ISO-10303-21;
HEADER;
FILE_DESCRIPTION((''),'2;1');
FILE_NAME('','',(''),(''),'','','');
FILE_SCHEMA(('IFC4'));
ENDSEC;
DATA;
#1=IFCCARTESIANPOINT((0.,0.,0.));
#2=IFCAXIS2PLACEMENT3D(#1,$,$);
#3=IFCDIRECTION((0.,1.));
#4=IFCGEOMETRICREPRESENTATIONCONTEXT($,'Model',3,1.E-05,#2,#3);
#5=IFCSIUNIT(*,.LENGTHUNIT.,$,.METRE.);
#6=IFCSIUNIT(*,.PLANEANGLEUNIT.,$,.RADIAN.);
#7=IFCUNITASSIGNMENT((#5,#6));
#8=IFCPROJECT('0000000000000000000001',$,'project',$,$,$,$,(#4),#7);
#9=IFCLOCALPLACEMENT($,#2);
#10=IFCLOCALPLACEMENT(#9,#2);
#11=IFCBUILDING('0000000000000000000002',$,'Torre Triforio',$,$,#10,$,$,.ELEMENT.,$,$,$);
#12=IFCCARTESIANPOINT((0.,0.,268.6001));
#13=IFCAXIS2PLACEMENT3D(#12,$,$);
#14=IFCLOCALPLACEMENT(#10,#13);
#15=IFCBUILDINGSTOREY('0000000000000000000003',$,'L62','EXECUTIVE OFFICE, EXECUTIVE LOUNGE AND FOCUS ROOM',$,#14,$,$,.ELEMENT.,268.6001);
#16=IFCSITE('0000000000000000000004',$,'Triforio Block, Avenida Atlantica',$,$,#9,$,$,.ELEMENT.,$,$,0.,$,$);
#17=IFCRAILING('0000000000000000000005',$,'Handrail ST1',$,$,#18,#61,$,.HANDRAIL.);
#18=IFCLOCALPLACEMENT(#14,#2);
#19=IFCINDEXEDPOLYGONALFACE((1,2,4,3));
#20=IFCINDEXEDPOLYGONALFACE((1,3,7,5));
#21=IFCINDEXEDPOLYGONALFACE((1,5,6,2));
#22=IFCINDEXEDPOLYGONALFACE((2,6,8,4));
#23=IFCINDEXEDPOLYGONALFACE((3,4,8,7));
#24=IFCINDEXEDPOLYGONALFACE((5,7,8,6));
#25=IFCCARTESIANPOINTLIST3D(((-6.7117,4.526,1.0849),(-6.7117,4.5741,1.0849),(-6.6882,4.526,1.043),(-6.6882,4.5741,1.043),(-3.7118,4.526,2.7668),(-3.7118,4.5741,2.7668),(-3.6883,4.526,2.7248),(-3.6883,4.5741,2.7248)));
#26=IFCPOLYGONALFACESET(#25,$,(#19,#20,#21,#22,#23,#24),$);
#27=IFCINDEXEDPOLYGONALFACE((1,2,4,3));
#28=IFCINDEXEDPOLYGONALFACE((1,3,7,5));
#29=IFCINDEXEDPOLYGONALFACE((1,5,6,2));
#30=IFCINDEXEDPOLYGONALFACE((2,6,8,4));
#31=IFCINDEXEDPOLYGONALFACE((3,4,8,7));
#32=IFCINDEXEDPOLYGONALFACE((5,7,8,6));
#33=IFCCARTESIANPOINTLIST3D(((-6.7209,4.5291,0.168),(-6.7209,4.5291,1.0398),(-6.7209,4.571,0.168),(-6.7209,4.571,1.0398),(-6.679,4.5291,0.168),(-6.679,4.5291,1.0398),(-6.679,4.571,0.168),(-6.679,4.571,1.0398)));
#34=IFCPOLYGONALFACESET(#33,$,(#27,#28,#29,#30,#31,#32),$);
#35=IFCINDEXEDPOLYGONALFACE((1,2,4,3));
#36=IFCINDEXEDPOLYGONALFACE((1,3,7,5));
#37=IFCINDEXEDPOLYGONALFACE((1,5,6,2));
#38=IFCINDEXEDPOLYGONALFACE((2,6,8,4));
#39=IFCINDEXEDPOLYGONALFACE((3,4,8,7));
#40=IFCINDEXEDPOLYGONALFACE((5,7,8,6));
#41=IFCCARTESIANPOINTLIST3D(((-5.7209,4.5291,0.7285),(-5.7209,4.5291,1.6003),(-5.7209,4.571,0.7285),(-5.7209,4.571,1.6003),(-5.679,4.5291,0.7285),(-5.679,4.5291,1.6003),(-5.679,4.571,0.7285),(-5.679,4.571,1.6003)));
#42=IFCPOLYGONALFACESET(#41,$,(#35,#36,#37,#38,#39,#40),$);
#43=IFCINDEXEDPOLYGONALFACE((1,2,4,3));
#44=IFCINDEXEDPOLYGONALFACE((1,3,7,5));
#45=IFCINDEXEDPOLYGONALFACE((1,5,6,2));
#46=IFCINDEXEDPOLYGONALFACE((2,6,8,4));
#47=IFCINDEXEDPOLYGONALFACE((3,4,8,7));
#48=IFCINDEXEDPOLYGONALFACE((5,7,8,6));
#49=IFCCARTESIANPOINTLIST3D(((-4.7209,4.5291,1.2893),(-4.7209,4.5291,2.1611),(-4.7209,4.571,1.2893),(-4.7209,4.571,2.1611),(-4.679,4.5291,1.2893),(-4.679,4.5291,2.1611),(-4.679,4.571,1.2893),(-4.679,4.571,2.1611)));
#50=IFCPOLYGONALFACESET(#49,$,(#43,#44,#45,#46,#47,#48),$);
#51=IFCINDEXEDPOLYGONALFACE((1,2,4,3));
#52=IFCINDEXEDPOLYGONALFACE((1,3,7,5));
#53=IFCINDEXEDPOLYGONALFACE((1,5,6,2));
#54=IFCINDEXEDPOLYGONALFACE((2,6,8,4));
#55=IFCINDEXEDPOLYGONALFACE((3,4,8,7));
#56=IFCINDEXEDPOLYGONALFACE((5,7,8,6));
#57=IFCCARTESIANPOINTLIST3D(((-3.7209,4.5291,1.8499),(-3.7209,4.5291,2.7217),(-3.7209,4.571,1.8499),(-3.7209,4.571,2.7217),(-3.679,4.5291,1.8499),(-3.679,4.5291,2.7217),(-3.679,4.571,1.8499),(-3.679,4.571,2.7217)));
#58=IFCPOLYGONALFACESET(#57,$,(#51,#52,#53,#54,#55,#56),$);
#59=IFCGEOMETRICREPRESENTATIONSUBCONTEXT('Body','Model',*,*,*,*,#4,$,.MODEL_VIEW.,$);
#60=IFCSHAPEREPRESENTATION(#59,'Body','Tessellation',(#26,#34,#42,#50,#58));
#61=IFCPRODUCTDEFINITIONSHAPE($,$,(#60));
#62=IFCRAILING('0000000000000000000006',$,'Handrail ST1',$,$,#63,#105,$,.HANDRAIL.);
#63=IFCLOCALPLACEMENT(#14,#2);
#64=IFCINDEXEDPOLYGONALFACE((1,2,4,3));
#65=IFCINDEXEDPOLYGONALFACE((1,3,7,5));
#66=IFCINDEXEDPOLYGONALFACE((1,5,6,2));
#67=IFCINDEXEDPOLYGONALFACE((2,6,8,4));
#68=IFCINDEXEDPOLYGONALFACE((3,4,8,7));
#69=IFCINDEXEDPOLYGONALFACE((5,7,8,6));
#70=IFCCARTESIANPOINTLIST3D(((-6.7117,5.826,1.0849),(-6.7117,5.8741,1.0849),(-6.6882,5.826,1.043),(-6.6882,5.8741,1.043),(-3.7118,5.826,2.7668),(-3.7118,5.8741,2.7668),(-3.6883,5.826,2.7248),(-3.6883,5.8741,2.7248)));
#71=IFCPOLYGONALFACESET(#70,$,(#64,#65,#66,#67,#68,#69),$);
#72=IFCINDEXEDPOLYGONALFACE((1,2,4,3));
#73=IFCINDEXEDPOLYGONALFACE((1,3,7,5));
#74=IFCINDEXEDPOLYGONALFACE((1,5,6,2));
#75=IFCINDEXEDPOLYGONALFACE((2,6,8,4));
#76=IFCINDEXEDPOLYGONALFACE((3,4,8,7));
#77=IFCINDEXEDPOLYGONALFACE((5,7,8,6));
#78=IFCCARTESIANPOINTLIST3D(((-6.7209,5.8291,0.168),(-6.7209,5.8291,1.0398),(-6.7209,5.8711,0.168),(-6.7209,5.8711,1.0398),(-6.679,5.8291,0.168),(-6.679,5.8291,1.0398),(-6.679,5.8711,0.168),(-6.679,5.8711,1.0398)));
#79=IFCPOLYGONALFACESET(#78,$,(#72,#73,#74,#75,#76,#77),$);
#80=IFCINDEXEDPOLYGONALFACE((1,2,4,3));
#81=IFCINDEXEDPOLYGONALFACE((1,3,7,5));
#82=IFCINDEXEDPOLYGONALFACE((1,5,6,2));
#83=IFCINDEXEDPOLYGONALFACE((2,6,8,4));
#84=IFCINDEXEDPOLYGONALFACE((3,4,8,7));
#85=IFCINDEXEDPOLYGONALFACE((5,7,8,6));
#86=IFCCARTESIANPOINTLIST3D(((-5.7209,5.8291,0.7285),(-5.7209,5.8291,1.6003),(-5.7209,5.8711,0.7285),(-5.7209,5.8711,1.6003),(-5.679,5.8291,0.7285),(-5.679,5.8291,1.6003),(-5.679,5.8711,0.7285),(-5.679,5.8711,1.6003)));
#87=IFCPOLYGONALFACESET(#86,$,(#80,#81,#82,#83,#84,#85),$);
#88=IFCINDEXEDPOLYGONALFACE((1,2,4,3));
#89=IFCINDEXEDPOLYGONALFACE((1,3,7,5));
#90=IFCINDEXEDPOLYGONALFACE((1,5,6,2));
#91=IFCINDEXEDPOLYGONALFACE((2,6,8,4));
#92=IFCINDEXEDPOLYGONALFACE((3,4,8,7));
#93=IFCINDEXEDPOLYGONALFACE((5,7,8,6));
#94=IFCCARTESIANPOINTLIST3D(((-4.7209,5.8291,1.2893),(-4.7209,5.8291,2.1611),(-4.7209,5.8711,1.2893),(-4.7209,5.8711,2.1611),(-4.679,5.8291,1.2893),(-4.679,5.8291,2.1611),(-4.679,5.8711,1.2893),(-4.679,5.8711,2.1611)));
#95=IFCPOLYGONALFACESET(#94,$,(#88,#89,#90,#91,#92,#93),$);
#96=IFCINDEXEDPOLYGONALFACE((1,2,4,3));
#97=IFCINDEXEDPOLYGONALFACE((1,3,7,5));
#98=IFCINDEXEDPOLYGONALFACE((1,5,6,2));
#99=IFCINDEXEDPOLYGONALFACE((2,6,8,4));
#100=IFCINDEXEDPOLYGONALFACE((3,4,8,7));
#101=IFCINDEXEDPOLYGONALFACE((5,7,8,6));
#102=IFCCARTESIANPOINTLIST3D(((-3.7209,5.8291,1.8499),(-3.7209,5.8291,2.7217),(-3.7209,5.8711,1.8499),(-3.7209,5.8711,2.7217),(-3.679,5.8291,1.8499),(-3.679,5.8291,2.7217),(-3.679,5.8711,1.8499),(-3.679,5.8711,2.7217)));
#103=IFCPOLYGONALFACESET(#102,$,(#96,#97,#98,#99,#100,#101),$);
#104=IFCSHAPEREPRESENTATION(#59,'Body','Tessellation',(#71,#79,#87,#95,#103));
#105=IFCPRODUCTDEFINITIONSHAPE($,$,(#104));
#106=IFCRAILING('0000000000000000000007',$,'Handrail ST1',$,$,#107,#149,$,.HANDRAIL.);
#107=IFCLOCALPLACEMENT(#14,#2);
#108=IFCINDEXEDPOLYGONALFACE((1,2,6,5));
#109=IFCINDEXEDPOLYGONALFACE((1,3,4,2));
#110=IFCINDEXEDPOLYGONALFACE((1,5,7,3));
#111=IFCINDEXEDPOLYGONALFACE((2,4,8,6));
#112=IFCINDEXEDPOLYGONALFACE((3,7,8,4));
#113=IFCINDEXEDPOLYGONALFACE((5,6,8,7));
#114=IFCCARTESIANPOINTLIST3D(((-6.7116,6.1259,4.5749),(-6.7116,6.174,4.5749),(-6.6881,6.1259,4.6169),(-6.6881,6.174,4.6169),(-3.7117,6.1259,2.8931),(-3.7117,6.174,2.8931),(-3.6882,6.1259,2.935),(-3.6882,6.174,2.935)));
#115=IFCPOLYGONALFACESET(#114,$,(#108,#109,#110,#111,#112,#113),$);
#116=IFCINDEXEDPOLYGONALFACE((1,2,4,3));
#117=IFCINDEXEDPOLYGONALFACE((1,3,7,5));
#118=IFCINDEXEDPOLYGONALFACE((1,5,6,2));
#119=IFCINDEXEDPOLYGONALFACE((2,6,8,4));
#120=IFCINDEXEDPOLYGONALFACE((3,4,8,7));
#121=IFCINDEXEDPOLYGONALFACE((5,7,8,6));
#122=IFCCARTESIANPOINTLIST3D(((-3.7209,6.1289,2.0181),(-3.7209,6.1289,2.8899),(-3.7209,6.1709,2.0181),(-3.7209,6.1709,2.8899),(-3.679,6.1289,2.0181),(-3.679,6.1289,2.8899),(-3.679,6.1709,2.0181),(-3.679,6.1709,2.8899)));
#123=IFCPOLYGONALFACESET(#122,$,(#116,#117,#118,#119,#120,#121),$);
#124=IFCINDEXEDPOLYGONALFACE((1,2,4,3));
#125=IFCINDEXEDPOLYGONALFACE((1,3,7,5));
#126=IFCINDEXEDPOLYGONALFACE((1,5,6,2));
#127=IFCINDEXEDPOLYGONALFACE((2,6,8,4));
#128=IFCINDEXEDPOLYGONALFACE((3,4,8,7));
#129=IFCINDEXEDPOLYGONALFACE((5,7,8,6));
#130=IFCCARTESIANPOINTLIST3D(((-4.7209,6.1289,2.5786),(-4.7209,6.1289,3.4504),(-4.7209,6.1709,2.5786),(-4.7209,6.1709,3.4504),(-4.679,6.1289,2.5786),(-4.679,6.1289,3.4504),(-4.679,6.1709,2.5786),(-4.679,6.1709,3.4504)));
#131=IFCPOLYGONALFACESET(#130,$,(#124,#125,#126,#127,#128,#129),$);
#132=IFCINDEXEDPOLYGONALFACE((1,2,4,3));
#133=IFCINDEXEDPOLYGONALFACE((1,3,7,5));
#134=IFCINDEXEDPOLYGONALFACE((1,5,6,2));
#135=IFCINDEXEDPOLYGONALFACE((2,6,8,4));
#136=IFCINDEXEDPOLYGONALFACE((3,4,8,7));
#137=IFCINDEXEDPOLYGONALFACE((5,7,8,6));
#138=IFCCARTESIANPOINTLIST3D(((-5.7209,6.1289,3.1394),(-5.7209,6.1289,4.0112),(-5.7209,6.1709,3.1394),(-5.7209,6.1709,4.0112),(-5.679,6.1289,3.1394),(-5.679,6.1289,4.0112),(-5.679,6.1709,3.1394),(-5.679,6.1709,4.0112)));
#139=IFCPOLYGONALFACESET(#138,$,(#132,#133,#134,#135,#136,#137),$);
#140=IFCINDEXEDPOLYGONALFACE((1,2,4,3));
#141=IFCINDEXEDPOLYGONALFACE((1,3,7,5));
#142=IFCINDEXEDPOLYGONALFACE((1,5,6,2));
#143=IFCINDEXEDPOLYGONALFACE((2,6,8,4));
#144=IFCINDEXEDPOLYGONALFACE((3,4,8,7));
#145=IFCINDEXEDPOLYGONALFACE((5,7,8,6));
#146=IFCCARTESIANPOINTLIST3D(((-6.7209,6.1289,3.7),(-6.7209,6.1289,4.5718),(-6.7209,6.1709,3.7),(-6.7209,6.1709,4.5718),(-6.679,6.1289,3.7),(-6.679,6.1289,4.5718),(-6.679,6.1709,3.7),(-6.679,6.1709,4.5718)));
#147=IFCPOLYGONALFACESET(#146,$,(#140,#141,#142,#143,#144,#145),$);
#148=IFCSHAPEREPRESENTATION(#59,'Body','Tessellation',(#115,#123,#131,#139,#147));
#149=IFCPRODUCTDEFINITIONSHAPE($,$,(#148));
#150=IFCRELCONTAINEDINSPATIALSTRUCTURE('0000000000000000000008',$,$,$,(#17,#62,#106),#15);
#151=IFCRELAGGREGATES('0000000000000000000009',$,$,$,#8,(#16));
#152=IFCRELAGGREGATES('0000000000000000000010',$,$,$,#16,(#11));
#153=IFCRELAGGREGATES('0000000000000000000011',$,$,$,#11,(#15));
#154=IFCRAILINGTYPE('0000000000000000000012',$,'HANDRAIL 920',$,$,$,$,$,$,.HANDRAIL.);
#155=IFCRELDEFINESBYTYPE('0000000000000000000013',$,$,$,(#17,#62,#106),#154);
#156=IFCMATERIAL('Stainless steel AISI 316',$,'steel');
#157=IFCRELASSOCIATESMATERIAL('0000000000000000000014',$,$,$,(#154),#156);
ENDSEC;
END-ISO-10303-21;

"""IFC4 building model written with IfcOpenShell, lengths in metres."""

from ifc_helpers import new_model, si_unit, direction, frame, origin, origin_2d, place, context, subcontext, project, spatial, rectangle, extrude, material, type_object, element, save


model = new_model("IFC4")

# Units and contexts
model_context = context("Model", 3, precision=1e-05, world=origin(), true_north=direction((0.0, 1.0)))
body_context = subcontext(model_context, "Body", "Model", "MODEL_VIEW")
ifc_project = project(units=[si_unit("LENGTHUNIT", "METRE"), si_unit("PLANEANGLEUNIT", "RADIAN")], contexts=[model_context])

# Site, building, storey
site_placement = place(None, origin())
site = spatial("IfcSite", under=ifc_project, at=site_placement, Name="Triforio Block, Avenida Atlantica", CompositionType="ELEMENT", RefElevation=0.0)
building_placement = place(site_placement, origin())
building = spatial("IfcBuilding", under=site, at=building_placement, Name="Torre Triforio", CompositionType="ELEMENT")
storey_placement = place(building_placement, frame((0.0, 0.0, 268.6001)))
storey = spatial("IfcBuildingStorey", under=building, at=storey_placement, Name="L62", Description="EXECUTIVE OFFICE, EXECUTIVE LOUNGE AND FOCUS ROOM", CompositionType="ELEMENT", Elevation=268.6001)

# Railings
ifc_material_1 = material(Name="Stainless steel AISI 316", Category="steel")
railing_type = type_object("IfcRailingType", Name="HANDRAIL 920", PredefinedType="HANDRAIL", material=ifc_material_1)
for number, where, name in (
    (1, (-6.7, 4.55, 0.168), "Handrail ST1"),
    (2, (-6.7, 5.8501, 0.168), "Handrail ST1"),
):
    element("IfcRailing", number, at=place(storey_placement, frame(where)), inside=storey, type_object=railing_type, Name=name, PredefinedType="HANDRAIL", context=body_context, shape_type="SweptSolid", body=[
        extrude(rectangle(XDim=0.0481, YDim=0.0481, at=origin_2d()), frame((0.0, 0.0, 0.896), z_axis=(0.872272, 0.0, 0.48902), x_axis=(0.0, 1.0, 0.0)), (0.0, 0.0, 1.0), 3.4392),
        extrude(rectangle(XDim=0.042, YDim=0.042, at=origin_2d()), origin(), (0.0, 0.0, 1.0), 0.8718),
        extrude(rectangle(XDim=0.042, YDim=0.042, at=origin_2d()), frame((1.0, 0.0, 0.5605)), (0.0, 0.0, 1.0), 0.8718),
        extrude(rectangle(XDim=0.042, YDim=0.042, at=origin_2d()), frame((2.0, 0.0, 1.1213)), (0.0, 0.0, 1.0), 0.8718),
        extrude(rectangle(XDim=0.042, YDim=0.042, at=origin_2d()), frame((3.0, 0.0, 1.6819)), (0.0, 0.0, 1.0), 0.8718),
    ])
railing_placement = place(storey_placement, frame((-3.7, 6.1499, 2.0181)))
element("IfcRailing", 3, at=railing_placement, inside=storey, type_object=railing_type, Name="Handrail ST1", PredefinedType="HANDRAIL", context=body_context, shape_type="SweptSolid", body=[
    extrude(rectangle(XDim=0.0481, YDim=0.0481, at=origin_2d()), frame((0.0, 0.0, 0.896), z_axis=(-0.872272, 0.0, 0.48902), x_axis=(0.0, -1.0, 0.0)), (0.0, 0.0, 1.0), 3.4392),
    extrude(rectangle(XDim=0.042, YDim=0.042, at=origin_2d()), origin(), (0.0, 0.0, 1.0), 0.8718),
    extrude(rectangle(XDim=0.042, YDim=0.042, at=origin_2d()), frame((-1.0, 0.0, 0.5605)), (0.0, 0.0, 1.0), 0.8718),
    extrude(rectangle(XDim=0.042, YDim=0.042, at=origin_2d()), frame((-2.0, 0.0, 1.1213)), (0.0, 0.0, 1.0), 0.8718),
    extrude(rectangle(XDim=0.042, YDim=0.042, at=origin_2d()), frame((-3.0, 0.0, 1.6819)), (0.0, 0.0, 1.0), 0.8718),
])

save(model, "model.ifc")
